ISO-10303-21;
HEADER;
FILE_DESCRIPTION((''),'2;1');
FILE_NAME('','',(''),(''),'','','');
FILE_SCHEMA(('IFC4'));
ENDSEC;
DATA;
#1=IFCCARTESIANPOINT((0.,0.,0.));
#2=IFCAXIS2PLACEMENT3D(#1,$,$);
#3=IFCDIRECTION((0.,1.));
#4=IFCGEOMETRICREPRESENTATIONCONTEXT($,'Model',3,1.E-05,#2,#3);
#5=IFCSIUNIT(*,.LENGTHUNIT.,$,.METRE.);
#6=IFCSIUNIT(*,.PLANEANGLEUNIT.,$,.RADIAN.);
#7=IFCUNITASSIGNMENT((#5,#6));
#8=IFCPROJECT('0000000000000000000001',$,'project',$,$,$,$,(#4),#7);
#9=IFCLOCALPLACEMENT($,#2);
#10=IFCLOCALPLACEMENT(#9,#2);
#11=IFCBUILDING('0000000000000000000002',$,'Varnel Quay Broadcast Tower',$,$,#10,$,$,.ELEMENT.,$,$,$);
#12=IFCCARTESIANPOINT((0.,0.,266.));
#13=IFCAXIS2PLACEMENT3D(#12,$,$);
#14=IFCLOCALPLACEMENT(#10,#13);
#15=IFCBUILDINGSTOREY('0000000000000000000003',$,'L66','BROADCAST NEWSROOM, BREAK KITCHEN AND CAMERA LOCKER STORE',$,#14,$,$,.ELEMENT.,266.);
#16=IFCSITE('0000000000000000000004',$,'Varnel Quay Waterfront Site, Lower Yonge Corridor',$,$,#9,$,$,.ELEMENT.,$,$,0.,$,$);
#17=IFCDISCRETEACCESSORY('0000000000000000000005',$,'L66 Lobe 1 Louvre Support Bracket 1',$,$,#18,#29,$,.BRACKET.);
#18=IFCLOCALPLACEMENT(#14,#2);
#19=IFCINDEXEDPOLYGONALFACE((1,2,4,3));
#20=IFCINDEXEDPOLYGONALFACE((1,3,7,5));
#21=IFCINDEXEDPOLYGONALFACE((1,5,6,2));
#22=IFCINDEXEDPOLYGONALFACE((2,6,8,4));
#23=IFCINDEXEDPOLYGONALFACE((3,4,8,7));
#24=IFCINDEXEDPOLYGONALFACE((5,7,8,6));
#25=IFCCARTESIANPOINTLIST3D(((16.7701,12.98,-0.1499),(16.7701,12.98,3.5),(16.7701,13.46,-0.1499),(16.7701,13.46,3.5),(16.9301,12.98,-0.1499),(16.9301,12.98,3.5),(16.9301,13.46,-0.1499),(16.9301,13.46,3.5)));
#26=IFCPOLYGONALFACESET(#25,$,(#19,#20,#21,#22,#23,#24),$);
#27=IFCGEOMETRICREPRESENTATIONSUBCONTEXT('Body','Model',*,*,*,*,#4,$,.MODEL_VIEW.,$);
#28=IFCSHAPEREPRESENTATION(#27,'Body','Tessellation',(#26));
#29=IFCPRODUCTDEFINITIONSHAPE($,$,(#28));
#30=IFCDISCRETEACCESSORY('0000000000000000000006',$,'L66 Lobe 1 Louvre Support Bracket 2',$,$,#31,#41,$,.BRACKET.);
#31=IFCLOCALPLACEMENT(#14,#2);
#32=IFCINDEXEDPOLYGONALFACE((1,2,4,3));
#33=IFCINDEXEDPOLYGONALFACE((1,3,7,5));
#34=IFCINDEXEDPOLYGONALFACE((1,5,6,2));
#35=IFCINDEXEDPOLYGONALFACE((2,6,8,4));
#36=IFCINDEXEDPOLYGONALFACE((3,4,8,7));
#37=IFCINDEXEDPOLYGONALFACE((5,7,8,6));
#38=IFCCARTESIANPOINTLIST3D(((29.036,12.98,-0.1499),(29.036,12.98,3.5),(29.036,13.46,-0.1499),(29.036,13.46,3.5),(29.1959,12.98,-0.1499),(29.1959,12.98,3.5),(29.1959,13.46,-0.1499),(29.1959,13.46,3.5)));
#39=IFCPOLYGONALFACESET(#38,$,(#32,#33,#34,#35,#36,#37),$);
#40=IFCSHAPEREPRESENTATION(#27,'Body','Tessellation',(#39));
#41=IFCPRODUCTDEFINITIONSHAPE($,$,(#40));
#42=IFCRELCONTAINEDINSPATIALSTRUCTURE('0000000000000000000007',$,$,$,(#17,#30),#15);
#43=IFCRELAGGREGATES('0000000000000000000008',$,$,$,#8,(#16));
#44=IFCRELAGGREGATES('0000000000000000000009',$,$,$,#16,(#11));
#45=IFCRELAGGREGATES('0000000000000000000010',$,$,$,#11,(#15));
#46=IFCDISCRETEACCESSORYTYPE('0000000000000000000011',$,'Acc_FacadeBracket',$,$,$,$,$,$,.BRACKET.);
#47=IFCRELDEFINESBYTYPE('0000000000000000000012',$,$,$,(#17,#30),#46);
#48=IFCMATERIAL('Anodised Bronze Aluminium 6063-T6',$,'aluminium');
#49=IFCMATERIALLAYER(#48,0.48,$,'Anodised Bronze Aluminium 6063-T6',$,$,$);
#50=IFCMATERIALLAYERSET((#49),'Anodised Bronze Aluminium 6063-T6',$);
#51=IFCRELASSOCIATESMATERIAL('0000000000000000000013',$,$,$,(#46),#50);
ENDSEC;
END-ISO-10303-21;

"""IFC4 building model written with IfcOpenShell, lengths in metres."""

from ifc_helpers import new_model, si_unit, direction, frame, origin, origin_2d, place, context, subcontext, project, spatial, rectangle, extrude, source, transform, mapped, material, layer, layer_set, type_object, type_shapes, element, save


model = new_model("IFC4")

# Units and contexts
model_context = context("Model", 3, precision=1e-05, world=origin(), true_north=direction((0.0, 1.0)))
body_context = subcontext(model_context, "Body", "Model", "MODEL_VIEW")
ifc_project = project(units=[si_unit("LENGTHUNIT", "METRE"), si_unit("PLANEANGLEUNIT", "RADIAN")], contexts=[model_context])

# Site, building, storey
site_placement = place(None, origin())
site = spatial("IfcSite", under=ifc_project, at=site_placement, Name="Varnel Quay Waterfront Site, Lower Yonge Corridor", CompositionType="ELEMENT", RefElevation=0.0)
building_placement = place(site_placement, origin())
building = spatial("IfcBuilding", under=site, at=building_placement, Name="Varnel Quay Broadcast Tower", CompositionType="ELEMENT")
storey_placement = place(building_placement, frame((0.0, 0.0, 266.0)))
storey = spatial("IfcBuildingStorey", under=building, at=storey_placement, Name="L66", Description="BROADCAST NEWSROOM, BREAK KITCHEN AND CAMERA LOCKER STORE", CompositionType="ELEMENT", Elevation=266.0)

# Shared definitions
ifc_material_1 = material(Name="Anodised Bronze Aluminium 6063-T6", Category="aluminium")

# Discrete accessories
ifc_layer_1 = layer(ifc_material_1, 0.48, Name="Anodised Bronze Aluminium 6063-T6")
ifc_layer_set_1 = layer_set([ifc_layer_1], Name="Anodised Bronze Aluminium 6063-T6")
discrete_accessory_type = type_object("IfcDiscreteAccessoryType", Name="Acc_FacadeBracket", PredefinedType="BRACKET", material=ifc_layer_set_1)
shared_shape_1 = source(origin(), body_context, "Body", "SweptSolid", [
    extrude(rectangle(XDim=0.1599, YDim=0.48, at=origin_2d()), origin(), (0.0, 0.0, 1.0), 3.6499),
])
type_shapes(discrete_accessory_type, [shared_shape_1])
for number, where, z_axis, x_axis, name in (
    (1, (16.8501, 13.22, -0.1499), (0.0, 0.0, 1.0), (1.0, 0.0, 0.0), "L66 Lobe 1 Louvre Support Bracket 1"),
    (2, (29.116, 13.22, -0.1499), (0.0, 0.0, 1.0), (1.0, 0.0, 0.0), "L66 Lobe 1 Louvre Support Bracket 2"),
):
    element("IfcDiscreteAccessory", number, at=place(storey_placement, frame(where, z_axis=z_axis, x_axis=x_axis)), inside=storey, type_object=discrete_accessory_type, Name=name, PredefinedType="BRACKET", context=body_context, shape_type="MappedRepresentation", body=[
        mapped(shared_shape_1, transform((0.0, 0.0, 0.0), x_axis=(1.0, 0.0, 0.0), y_axis=(0.0, 1.0, 0.0), z_axis=(0.0, 0.0, 1.0), scale=1.0)),
    ])

save(model, "model.ifc")
